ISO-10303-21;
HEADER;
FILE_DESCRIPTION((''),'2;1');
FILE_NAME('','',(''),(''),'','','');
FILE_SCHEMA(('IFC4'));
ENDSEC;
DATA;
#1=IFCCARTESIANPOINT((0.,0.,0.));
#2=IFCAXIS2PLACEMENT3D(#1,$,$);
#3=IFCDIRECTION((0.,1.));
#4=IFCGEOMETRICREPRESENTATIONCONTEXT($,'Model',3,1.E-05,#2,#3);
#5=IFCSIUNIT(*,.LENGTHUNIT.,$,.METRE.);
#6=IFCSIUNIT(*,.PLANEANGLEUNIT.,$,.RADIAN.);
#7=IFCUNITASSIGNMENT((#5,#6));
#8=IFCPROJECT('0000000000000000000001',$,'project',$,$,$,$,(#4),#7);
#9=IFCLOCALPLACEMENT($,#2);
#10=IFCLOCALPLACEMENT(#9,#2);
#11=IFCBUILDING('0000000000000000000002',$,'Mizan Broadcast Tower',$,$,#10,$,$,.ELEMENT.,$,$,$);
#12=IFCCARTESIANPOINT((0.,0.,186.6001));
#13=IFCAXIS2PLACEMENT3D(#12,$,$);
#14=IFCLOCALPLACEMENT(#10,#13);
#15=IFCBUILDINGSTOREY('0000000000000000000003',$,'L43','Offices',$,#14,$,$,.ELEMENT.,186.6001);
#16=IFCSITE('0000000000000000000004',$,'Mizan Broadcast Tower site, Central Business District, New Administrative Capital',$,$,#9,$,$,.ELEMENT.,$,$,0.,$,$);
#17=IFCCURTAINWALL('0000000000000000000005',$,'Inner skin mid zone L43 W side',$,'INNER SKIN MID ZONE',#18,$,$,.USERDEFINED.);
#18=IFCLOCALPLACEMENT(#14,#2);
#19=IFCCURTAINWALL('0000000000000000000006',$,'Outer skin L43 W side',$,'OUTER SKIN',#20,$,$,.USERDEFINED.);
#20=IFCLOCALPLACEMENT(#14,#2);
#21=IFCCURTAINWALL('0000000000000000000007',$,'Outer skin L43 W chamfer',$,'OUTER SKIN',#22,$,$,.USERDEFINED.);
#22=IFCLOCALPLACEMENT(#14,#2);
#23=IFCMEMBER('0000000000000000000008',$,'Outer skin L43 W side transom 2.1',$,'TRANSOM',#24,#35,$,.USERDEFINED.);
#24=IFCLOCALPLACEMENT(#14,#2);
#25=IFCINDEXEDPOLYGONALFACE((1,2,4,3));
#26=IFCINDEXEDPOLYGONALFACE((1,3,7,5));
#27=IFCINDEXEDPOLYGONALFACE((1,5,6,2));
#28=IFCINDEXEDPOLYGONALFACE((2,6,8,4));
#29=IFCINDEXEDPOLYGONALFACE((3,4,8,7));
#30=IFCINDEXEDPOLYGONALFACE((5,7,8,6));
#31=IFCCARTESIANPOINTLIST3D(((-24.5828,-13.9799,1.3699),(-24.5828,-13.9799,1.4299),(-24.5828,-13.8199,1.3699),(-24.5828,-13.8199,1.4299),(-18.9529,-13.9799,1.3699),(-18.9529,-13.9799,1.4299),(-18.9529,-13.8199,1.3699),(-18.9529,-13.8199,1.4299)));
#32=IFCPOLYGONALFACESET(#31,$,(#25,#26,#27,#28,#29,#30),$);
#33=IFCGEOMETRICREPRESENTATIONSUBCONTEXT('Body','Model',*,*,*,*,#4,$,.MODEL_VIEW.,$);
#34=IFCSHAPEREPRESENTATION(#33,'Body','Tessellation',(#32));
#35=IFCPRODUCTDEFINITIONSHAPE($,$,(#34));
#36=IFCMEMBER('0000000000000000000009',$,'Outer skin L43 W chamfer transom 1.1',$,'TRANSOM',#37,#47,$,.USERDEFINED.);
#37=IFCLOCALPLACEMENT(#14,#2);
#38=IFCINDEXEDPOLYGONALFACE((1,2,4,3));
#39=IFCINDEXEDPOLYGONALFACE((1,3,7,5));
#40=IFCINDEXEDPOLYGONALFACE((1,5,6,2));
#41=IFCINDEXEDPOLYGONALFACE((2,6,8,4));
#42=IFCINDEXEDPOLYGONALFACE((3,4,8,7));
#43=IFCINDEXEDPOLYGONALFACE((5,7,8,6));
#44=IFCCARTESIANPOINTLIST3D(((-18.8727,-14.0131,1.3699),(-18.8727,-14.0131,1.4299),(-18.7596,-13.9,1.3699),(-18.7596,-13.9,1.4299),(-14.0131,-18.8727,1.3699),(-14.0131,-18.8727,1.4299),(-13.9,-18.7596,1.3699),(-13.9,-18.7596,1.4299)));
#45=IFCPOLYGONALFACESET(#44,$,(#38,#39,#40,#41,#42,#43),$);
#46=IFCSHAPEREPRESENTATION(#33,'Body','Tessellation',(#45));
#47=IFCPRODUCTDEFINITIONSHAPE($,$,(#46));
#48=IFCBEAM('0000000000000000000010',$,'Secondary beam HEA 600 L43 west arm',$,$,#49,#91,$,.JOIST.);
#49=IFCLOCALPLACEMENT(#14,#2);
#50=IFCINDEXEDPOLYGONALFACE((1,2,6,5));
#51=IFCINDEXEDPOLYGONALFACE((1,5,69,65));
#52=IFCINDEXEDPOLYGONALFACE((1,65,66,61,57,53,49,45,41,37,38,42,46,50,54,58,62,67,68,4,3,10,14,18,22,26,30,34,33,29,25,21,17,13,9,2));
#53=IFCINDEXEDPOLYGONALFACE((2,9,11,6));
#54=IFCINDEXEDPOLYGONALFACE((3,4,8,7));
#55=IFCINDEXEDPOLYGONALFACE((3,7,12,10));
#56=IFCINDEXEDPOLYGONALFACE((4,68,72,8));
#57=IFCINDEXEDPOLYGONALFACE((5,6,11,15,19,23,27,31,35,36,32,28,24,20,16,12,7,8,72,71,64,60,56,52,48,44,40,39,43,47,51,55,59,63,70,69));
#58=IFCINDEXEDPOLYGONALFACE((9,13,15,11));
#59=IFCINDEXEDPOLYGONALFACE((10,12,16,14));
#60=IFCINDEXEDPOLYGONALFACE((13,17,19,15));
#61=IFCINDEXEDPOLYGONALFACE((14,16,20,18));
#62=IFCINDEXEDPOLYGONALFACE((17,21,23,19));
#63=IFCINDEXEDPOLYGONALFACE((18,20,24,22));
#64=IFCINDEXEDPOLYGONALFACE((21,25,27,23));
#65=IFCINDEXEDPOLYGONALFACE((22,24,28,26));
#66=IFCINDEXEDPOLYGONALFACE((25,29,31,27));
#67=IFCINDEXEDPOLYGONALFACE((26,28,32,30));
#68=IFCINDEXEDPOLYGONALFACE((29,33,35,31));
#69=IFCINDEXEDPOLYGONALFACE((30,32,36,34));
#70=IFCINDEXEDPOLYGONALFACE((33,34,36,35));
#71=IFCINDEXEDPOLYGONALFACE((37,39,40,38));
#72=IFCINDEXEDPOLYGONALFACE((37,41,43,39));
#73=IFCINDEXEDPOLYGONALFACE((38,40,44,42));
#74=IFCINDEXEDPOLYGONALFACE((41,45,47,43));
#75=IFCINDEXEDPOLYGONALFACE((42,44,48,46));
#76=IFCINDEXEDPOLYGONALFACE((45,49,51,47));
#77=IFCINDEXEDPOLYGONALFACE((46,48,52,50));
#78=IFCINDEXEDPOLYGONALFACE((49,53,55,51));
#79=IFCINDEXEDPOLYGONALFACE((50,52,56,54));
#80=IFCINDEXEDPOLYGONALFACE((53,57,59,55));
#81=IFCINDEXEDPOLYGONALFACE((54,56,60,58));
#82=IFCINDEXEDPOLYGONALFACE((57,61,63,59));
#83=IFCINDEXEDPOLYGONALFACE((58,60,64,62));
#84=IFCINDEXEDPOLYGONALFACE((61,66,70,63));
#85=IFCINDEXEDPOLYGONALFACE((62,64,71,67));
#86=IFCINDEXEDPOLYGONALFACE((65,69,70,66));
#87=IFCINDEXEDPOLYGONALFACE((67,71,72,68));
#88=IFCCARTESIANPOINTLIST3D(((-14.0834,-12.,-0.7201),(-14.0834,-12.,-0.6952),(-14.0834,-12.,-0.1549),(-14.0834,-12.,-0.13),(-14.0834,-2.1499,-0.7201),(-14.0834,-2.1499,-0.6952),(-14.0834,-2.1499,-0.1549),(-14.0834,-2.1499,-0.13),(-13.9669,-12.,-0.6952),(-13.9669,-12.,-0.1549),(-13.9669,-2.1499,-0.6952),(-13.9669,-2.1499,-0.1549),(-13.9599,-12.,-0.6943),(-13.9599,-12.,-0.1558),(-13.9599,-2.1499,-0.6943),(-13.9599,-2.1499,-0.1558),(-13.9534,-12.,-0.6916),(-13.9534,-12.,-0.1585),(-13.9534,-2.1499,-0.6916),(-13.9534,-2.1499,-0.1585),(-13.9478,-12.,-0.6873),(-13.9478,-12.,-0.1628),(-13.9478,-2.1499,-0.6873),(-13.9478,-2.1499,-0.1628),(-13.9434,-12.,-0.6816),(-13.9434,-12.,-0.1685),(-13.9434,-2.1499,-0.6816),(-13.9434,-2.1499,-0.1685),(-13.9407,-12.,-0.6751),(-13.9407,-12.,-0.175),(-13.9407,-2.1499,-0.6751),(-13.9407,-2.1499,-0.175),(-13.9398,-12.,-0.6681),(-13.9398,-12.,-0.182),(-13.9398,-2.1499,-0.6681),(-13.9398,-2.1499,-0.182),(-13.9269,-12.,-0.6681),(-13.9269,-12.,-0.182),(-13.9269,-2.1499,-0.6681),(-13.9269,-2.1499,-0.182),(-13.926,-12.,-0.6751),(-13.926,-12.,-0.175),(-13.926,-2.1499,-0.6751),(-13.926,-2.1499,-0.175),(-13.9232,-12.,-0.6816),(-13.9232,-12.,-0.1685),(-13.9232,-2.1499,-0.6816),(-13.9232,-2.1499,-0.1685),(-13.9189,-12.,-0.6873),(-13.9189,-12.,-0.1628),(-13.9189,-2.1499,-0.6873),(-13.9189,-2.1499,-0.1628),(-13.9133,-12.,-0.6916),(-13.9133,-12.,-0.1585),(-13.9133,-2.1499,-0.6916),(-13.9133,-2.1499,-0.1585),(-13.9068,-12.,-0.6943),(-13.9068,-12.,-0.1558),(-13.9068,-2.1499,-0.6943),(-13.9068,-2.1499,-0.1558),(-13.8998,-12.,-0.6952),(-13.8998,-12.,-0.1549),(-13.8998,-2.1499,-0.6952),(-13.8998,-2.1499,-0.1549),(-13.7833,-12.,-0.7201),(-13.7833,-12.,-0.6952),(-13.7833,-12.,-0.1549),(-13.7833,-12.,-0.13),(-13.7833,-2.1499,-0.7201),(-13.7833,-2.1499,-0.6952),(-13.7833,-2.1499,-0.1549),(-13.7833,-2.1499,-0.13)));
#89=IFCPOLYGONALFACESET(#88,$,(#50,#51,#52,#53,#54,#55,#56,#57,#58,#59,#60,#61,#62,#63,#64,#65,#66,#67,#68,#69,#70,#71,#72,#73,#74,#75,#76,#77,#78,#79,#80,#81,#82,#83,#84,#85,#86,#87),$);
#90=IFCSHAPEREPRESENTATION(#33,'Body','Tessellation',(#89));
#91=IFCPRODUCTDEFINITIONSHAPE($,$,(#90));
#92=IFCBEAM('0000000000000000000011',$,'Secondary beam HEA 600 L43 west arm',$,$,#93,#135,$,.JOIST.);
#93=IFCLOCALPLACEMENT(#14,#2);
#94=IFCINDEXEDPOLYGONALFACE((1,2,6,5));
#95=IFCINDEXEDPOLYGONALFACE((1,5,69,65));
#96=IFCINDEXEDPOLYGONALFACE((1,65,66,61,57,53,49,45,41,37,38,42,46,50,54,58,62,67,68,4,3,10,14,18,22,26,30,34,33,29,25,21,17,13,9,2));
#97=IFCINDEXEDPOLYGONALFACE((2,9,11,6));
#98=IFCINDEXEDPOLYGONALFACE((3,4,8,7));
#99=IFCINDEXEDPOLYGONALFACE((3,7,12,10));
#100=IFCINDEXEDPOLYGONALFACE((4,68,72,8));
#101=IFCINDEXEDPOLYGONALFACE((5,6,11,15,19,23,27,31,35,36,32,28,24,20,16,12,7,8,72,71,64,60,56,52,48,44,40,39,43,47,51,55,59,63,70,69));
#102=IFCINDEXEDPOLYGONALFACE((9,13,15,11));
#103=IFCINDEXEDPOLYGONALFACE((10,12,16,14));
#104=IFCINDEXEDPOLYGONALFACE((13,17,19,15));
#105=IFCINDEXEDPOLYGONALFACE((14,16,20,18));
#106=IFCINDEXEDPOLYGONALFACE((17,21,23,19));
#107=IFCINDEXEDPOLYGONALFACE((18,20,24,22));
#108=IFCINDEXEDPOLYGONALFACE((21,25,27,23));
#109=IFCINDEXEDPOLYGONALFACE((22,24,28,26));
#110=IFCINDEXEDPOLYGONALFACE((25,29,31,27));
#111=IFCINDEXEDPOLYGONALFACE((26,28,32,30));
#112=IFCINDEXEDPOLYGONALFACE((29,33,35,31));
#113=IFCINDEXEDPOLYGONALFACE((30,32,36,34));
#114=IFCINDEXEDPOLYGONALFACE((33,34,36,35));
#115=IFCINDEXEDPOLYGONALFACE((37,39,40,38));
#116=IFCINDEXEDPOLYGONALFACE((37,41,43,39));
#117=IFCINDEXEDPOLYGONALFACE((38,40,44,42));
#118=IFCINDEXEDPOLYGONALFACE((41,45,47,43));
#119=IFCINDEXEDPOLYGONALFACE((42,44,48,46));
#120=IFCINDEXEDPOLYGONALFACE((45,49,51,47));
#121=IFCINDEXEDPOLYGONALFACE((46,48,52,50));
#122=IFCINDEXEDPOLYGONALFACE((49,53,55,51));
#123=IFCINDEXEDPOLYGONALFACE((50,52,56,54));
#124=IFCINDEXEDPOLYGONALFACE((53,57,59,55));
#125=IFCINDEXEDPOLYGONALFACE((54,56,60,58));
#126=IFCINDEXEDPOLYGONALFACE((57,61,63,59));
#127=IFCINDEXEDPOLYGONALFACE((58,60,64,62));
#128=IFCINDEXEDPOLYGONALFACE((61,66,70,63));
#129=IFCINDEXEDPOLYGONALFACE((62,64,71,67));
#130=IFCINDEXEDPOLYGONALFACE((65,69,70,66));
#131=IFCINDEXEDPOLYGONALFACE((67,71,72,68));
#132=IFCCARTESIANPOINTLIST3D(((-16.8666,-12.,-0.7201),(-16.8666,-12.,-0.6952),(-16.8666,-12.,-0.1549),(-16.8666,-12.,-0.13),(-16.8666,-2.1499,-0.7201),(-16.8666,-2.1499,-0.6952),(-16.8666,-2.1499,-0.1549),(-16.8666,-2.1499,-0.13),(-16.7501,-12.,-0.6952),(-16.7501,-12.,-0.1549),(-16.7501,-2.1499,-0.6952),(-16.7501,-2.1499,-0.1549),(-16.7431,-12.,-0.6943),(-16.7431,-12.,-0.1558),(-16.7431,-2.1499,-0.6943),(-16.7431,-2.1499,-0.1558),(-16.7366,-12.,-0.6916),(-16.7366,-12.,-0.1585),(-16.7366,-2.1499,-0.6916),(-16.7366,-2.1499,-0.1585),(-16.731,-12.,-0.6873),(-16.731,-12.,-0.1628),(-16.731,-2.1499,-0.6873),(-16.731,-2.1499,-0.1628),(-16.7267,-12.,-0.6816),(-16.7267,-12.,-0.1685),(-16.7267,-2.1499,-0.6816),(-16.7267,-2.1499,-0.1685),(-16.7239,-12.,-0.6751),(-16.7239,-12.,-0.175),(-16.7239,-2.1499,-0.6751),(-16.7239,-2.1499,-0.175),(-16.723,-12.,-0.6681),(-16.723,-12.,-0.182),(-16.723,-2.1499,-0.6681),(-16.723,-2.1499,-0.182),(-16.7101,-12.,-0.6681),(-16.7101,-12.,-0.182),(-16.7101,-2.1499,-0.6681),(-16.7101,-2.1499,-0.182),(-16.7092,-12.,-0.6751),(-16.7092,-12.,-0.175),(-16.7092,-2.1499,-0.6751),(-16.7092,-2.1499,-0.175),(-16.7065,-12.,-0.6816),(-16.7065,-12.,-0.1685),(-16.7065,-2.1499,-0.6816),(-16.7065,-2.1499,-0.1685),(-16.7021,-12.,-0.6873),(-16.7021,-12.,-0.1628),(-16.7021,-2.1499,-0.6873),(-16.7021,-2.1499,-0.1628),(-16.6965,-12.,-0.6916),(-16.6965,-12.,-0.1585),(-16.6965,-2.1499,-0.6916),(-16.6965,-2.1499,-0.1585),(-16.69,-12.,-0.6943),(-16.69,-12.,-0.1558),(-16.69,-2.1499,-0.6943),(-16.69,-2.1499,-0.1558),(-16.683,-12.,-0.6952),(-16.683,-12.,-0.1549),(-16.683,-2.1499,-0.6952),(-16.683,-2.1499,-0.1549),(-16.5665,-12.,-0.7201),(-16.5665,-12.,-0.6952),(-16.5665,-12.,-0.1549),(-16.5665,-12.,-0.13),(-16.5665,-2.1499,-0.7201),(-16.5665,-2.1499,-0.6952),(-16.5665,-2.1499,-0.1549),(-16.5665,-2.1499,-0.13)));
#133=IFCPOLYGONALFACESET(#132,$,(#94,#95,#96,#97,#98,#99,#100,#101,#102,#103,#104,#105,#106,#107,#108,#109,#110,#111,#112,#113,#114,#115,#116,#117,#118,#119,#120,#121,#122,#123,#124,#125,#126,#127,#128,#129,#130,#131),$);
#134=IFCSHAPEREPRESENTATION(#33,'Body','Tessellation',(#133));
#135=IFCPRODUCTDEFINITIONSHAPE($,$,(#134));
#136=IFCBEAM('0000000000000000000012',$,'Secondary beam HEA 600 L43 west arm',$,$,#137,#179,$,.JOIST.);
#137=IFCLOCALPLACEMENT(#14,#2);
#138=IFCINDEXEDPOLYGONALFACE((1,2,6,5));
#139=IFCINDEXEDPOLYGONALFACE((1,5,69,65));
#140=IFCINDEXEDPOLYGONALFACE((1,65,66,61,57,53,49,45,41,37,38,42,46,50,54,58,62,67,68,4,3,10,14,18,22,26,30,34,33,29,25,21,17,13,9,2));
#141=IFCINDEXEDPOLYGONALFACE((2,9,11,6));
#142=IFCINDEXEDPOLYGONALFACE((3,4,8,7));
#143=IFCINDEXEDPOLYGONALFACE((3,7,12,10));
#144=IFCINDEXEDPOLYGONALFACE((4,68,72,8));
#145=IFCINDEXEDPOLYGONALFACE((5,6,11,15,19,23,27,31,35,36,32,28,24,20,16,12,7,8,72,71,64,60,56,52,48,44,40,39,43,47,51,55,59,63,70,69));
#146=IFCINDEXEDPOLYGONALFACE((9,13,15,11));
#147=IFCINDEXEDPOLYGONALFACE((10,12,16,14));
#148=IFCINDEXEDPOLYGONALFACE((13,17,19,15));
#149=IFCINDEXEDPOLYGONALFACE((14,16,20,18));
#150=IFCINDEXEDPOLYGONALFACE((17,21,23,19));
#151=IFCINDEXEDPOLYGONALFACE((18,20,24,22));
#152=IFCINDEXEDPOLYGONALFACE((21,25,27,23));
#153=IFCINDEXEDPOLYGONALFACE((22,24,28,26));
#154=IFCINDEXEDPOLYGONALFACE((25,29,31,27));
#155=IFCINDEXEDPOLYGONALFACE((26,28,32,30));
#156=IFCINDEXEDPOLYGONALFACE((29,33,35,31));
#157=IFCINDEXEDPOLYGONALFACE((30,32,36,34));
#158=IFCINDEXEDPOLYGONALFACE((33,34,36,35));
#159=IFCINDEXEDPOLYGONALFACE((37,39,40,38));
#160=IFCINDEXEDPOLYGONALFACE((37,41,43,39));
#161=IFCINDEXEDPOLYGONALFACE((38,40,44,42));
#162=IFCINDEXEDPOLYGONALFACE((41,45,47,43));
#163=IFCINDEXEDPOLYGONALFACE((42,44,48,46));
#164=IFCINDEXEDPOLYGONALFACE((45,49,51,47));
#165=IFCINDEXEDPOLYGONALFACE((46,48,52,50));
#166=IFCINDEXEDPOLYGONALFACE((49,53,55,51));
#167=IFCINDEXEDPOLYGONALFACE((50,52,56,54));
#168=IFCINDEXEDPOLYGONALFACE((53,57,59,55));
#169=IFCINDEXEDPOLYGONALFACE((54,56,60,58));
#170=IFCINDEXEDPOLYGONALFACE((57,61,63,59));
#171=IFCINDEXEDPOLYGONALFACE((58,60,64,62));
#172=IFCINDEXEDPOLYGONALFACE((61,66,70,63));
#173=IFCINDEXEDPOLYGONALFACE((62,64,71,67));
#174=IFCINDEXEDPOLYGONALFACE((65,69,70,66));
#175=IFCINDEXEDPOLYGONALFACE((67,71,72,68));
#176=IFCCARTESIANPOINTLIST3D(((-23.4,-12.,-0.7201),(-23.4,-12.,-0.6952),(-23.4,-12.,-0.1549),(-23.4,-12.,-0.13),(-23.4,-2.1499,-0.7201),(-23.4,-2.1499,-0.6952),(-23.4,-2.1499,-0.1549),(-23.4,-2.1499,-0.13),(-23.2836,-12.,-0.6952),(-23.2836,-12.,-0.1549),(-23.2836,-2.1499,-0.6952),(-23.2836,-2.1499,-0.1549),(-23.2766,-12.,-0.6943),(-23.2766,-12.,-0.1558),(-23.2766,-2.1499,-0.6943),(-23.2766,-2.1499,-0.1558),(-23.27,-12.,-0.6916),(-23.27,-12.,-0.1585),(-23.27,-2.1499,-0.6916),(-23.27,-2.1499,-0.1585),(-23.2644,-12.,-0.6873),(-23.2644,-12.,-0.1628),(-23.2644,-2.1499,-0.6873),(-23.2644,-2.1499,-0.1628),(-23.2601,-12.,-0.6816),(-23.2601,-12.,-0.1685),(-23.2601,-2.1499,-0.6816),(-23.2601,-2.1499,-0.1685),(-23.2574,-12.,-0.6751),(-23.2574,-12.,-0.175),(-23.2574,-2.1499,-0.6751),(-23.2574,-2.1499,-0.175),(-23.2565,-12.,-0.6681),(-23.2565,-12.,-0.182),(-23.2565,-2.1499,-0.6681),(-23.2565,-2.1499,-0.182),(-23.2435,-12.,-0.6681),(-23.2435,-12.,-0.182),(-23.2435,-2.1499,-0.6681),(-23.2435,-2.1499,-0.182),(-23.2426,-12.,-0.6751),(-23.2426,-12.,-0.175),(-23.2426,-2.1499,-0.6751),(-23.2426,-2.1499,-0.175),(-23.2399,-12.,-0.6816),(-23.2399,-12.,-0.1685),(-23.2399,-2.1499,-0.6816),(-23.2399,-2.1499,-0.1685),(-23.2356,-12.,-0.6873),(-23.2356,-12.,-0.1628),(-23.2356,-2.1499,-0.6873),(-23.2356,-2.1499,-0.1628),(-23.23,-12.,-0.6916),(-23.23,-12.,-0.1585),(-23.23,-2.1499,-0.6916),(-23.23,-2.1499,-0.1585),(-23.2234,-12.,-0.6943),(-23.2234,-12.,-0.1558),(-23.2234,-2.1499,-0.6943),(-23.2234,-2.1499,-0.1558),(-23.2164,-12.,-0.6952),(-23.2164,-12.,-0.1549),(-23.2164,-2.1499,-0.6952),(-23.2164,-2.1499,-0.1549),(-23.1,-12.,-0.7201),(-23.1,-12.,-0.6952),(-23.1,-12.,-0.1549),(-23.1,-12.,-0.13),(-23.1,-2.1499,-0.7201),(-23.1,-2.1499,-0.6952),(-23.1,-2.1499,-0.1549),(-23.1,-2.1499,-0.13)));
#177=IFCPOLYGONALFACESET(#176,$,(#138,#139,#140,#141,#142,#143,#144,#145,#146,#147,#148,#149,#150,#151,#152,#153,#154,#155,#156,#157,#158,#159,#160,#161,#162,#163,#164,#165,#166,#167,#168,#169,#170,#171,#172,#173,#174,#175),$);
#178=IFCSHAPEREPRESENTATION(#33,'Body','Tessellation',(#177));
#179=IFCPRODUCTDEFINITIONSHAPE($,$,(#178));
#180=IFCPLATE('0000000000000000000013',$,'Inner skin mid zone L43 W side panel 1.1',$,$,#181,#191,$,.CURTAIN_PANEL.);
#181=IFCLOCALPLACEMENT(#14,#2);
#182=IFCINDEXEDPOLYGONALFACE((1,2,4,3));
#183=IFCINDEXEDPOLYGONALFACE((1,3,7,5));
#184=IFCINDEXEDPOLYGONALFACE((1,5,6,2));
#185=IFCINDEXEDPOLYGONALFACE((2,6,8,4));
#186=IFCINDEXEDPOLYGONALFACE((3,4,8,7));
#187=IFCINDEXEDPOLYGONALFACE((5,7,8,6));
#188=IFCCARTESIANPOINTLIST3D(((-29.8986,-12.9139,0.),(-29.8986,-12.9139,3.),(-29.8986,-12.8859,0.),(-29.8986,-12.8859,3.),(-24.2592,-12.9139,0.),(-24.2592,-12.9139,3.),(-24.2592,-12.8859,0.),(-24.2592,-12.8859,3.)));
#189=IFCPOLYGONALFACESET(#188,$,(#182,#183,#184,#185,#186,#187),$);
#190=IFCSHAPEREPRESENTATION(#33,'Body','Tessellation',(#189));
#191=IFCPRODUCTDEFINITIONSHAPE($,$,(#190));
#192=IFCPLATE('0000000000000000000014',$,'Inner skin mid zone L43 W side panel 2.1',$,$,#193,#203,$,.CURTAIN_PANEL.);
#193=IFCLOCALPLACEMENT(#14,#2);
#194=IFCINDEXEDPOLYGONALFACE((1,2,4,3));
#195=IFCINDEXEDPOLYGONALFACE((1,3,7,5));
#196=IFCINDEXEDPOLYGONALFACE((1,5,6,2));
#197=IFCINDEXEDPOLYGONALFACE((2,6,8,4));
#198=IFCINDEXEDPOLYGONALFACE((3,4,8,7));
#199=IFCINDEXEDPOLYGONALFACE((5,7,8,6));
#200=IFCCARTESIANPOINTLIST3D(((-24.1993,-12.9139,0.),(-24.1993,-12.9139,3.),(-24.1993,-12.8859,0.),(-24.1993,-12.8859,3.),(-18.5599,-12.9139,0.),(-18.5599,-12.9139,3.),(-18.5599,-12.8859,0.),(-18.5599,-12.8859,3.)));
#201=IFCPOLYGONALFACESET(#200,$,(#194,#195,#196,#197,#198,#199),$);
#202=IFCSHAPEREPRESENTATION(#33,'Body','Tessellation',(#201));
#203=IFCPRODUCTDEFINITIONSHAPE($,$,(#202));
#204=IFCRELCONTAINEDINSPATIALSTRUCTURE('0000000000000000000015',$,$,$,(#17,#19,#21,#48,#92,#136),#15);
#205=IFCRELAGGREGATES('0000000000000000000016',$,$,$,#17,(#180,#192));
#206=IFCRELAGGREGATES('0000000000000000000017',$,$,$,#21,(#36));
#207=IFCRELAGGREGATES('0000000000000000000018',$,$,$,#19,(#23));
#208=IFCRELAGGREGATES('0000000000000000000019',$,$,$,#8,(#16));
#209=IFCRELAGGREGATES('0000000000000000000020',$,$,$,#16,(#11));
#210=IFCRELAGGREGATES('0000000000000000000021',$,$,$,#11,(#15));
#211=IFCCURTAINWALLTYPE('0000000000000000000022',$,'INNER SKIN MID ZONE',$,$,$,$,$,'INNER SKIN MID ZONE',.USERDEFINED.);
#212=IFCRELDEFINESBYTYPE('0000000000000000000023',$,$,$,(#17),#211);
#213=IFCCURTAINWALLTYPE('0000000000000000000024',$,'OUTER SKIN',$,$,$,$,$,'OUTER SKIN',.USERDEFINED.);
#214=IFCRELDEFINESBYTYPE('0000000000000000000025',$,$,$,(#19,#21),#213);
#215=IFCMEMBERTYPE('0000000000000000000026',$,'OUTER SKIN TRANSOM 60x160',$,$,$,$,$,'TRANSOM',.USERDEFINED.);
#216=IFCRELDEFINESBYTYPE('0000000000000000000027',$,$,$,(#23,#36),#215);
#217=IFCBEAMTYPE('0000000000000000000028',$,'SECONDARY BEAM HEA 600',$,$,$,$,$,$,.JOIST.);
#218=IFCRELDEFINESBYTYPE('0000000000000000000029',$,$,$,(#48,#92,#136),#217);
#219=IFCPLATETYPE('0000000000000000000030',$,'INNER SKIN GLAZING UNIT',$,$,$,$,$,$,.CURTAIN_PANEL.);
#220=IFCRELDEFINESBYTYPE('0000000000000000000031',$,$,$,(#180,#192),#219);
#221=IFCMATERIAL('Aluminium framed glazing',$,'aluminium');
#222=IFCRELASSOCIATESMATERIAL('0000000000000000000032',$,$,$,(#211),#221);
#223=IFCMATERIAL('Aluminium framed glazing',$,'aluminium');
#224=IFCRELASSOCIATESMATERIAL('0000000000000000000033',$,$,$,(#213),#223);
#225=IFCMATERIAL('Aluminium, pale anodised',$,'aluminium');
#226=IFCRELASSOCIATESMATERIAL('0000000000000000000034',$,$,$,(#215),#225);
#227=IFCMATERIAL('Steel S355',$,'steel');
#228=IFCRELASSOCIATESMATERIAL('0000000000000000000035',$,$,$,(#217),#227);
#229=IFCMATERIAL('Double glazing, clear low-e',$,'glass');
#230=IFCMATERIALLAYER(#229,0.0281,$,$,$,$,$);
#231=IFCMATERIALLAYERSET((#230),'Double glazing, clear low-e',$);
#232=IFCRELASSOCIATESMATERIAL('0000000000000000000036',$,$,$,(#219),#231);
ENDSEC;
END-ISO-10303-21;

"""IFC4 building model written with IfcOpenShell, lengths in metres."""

from ifc_helpers import new_model, si_unit, direction, frame, origin, origin_2d, place, context, subcontext, project, spatial, rectangle, i_section, extrude, material, layer, layer_set, material_profile, profile_set, type_object, element, aggregate, save


model = new_model("IFC4")

# Units and contexts
model_context = context("Model", 3, precision=1e-05, world=origin(), true_north=direction((0.0, 1.0)))
body_context = subcontext(model_context, "Body", "Model", "MODEL_VIEW")
ifc_project = project(units=[si_unit("LENGTHUNIT", "METRE"), si_unit("PLANEANGLEUNIT", "RADIAN")], contexts=[model_context])

# Site, building, storey
site_placement = place(None, origin())
site = spatial("IfcSite", under=ifc_project, at=site_placement, Name="Mizan Broadcast Tower site, Central Business District, New Administrative Capital", CompositionType="ELEMENT", RefElevation=0.0)
building_placement = place(site_placement, origin())
building = spatial("IfcBuilding", under=site, at=building_placement, Name="Mizan Broadcast Tower", CompositionType="ELEMENT")
storey_placement = place(building_placement, frame((0.0, 0.0, 186.6001)))
storey = spatial("IfcBuildingStorey", under=building, at=storey_placement, Name="L43", Description="Offices", CompositionType="ELEMENT", Elevation=186.6001)

# Curtain walls
ifc_material_1 = material(Name="Aluminium framed glazing", Category="aluminium")
curtain_wall_type_1 = type_object("IfcCurtainWallType", Name="INNER SKIN MID ZONE", ElementType="INNER SKIN MID ZONE", PredefinedType="USERDEFINED", material=ifc_material_1)
curtain_wall_1_placement = place(storey_placement, origin())
curtain_wall_1 = element("IfcCurtainWall", 1, at=curtain_wall_1_placement, inside=storey, type_object=curtain_wall_type_1, Name="Inner skin mid zone L43 W side", ObjectType="INNER SKIN MID ZONE", PredefinedType="USERDEFINED")
ifc_material_2 = material(Name="Aluminium framed glazing", Category="aluminium")
curtain_wall_type_2 = type_object("IfcCurtainWallType", Name="OUTER SKIN", ElementType="OUTER SKIN", PredefinedType="USERDEFINED", material=ifc_material_2)
curtain_wall_2_placement = place(storey_placement, origin())
curtain_wall_2 = element("IfcCurtainWall", 2, at=curtain_wall_2_placement, inside=storey, type_object=curtain_wall_type_2, Name="Outer skin L43 W side", ObjectType="OUTER SKIN", PredefinedType="USERDEFINED")

# Curtain wall
curtain_wall_3_placement = place(storey_placement, origin())
curtain_wall_3 = element("IfcCurtainWall", 3, at=curtain_wall_3_placement, inside=storey, type_object=curtain_wall_type_2, Name="Outer skin L43 W chamfer", ObjectType="OUTER SKIN", PredefinedType="USERDEFINED")

# Members
ifc_material_3 = material(Name="Aluminium, pale anodised", Category="aluminium")
ifc_material_profile_1 = material_profile(ifc_material_3, rectangle(XDim=0.1599, YDim=0.0601, at=origin_2d()), Name="TRANSOM 160x60")
ifc_profile_set_1 = profile_set([ifc_material_profile_1], Name="Aluminium, pale anodised")
member_type_1 = type_object("IfcMemberType", Name="OUTER SKIN TRANSOM 60x160", ElementType="TRANSOM", PredefinedType="USERDEFINED", material=ifc_profile_set_1)
member_1_placement = place(storey_placement, frame((-24.5828, -13.8999, 1.3999), z_axis=(1.0, 0.0, 0.0), x_axis=(0.0, 1.0, 0.0)))
member_1 = element("IfcMember", 4, at=member_1_placement, type_object=member_type_1, Name="Outer skin L43 W side transom 2.1", ObjectType="TRANSOM", PredefinedType="USERDEFINED", context=body_context, shape_type="SweptSolid", body=[
    extrude(rectangle(XDim=0.1599, YDim=0.0601, at=origin_2d()), origin(), (0.0, 0.0, 1.0), 5.6299),
])
member_2_placement = place(storey_placement, frame((-18.8162, -13.9565, 1.3999), z_axis=(0.707107, -0.707107, 0.0), x_axis=(0.707107, 0.707107, 0.0)))
member_2 = element("IfcMember", 5, at=member_2_placement, type_object=member_type_1, Name="Outer skin L43 W chamfer transom 1.1", ObjectType="TRANSOM", PredefinedType="USERDEFINED", context=body_context, shape_type="SweptSolid", body=[
    extrude(rectangle(XDim=0.1599, YDim=0.0601, at=origin_2d()), origin(), (0.0, 0.0, 1.0), 6.8726),
])

# Beams
ifc_material_4 = material(Name="Steel S355", Category="steel")
ifc_material_profile_2 = material_profile(ifc_material_4, i_section(OverallWidth=0.3, OverallDepth=0.5901, WebThickness=0.0129, FlangeThickness=0.0249, FilletRadius=0.0271, at=origin_2d()), Name="HEA 600")
ifc_profile_set_2 = profile_set([ifc_material_profile_2], Name="Steel S355")
beam_type_1 = type_object("IfcBeamType", Name="SECONDARY BEAM HEA 600", PredefinedType="JOIST", material=ifc_profile_set_2)
for number, where, z_axis, x_axis, name in (
    (6, (-13.9333, -12.0, -0.425), (0.0, 1.0, 0.0), (-1.0, 0.0, 0.0), "Secondary beam HEA 600 L43 west arm"),
    (7, (-16.7166, -12.0, -0.425), (0.0, 1.0, 0.0), (-1.0, 0.0, 0.0), "Secondary beam HEA 600 L43 west arm"),
    (8, (-23.25, -12.0, -0.425), (0.0, 1.0, 0.0), (-1.0, 0.0, 0.0), "Secondary beam HEA 600 L43 west arm"),
):
    element("IfcBeam", number, at=place(storey_placement, frame(where, z_axis=z_axis, x_axis=x_axis)), inside=storey, type_object=beam_type_1, Name=name, PredefinedType="JOIST", context=body_context, shape_type="SweptSolid", body=[
        extrude(i_section(OverallWidth=0.3, OverallDepth=0.5901, WebThickness=0.0129, FlangeThickness=0.0249, FilletRadius=0.0271, at=origin_2d()), origin(), (0.0, 0.0, 1.0), 9.8501),
    ])

# Plates
ifc_material_5 = material(Name="Double glazing, clear low-e", Category="glass")
ifc_layer_1 = layer(ifc_material_5, 0.0281)
ifc_layer_set_1 = layer_set([ifc_layer_1], Name="Double glazing, clear low-e")
plate_type_1 = type_object("IfcPlateType", Name="INNER SKIN GLAZING UNIT", PredefinedType="CURTAIN_PANEL", material=ifc_layer_set_1)
plate_1_placement = place(storey_placement, frame((-27.0789, -12.8999, 0.0), z_axis=(0.0, 0.0, 1.0), x_axis=(1.0, 0.0, 0.0)))
plate_1 = element("IfcPlate", 9, at=plate_1_placement, type_object=plate_type_1, Name="Inner skin mid zone L43 W side panel 1.1", PredefinedType="CURTAIN_PANEL", context=body_context, shape_type="SweptSolid", body=[
    extrude(rectangle(XDim=5.6394, YDim=0.0281, at=origin_2d()), origin(), (0.0, 0.0, 1.0), 3.0),
])
plate_2_placement = place(storey_placement, frame((-21.3796, -12.8999, 0.0), z_axis=(0.0, 0.0, 1.0), x_axis=(1.0, 0.0, 0.0)))
plate_2 = element("IfcPlate", 10, at=plate_2_placement, type_object=plate_type_1, Name="Inner skin mid zone L43 W side panel 2.1", PredefinedType="CURTAIN_PANEL", context=body_context, shape_type="SweptSolid", body=[
    extrude(rectangle(XDim=5.6394, YDim=0.0281, at=origin_2d()), origin(), (0.0, 0.0, 1.0), 3.0),
])
aggregate(curtain_wall_1, [plate_1, plate_2])
aggregate(curtain_wall_3, [member_2])
aggregate(curtain_wall_2, [member_1])

save(model, "model.ifc")
